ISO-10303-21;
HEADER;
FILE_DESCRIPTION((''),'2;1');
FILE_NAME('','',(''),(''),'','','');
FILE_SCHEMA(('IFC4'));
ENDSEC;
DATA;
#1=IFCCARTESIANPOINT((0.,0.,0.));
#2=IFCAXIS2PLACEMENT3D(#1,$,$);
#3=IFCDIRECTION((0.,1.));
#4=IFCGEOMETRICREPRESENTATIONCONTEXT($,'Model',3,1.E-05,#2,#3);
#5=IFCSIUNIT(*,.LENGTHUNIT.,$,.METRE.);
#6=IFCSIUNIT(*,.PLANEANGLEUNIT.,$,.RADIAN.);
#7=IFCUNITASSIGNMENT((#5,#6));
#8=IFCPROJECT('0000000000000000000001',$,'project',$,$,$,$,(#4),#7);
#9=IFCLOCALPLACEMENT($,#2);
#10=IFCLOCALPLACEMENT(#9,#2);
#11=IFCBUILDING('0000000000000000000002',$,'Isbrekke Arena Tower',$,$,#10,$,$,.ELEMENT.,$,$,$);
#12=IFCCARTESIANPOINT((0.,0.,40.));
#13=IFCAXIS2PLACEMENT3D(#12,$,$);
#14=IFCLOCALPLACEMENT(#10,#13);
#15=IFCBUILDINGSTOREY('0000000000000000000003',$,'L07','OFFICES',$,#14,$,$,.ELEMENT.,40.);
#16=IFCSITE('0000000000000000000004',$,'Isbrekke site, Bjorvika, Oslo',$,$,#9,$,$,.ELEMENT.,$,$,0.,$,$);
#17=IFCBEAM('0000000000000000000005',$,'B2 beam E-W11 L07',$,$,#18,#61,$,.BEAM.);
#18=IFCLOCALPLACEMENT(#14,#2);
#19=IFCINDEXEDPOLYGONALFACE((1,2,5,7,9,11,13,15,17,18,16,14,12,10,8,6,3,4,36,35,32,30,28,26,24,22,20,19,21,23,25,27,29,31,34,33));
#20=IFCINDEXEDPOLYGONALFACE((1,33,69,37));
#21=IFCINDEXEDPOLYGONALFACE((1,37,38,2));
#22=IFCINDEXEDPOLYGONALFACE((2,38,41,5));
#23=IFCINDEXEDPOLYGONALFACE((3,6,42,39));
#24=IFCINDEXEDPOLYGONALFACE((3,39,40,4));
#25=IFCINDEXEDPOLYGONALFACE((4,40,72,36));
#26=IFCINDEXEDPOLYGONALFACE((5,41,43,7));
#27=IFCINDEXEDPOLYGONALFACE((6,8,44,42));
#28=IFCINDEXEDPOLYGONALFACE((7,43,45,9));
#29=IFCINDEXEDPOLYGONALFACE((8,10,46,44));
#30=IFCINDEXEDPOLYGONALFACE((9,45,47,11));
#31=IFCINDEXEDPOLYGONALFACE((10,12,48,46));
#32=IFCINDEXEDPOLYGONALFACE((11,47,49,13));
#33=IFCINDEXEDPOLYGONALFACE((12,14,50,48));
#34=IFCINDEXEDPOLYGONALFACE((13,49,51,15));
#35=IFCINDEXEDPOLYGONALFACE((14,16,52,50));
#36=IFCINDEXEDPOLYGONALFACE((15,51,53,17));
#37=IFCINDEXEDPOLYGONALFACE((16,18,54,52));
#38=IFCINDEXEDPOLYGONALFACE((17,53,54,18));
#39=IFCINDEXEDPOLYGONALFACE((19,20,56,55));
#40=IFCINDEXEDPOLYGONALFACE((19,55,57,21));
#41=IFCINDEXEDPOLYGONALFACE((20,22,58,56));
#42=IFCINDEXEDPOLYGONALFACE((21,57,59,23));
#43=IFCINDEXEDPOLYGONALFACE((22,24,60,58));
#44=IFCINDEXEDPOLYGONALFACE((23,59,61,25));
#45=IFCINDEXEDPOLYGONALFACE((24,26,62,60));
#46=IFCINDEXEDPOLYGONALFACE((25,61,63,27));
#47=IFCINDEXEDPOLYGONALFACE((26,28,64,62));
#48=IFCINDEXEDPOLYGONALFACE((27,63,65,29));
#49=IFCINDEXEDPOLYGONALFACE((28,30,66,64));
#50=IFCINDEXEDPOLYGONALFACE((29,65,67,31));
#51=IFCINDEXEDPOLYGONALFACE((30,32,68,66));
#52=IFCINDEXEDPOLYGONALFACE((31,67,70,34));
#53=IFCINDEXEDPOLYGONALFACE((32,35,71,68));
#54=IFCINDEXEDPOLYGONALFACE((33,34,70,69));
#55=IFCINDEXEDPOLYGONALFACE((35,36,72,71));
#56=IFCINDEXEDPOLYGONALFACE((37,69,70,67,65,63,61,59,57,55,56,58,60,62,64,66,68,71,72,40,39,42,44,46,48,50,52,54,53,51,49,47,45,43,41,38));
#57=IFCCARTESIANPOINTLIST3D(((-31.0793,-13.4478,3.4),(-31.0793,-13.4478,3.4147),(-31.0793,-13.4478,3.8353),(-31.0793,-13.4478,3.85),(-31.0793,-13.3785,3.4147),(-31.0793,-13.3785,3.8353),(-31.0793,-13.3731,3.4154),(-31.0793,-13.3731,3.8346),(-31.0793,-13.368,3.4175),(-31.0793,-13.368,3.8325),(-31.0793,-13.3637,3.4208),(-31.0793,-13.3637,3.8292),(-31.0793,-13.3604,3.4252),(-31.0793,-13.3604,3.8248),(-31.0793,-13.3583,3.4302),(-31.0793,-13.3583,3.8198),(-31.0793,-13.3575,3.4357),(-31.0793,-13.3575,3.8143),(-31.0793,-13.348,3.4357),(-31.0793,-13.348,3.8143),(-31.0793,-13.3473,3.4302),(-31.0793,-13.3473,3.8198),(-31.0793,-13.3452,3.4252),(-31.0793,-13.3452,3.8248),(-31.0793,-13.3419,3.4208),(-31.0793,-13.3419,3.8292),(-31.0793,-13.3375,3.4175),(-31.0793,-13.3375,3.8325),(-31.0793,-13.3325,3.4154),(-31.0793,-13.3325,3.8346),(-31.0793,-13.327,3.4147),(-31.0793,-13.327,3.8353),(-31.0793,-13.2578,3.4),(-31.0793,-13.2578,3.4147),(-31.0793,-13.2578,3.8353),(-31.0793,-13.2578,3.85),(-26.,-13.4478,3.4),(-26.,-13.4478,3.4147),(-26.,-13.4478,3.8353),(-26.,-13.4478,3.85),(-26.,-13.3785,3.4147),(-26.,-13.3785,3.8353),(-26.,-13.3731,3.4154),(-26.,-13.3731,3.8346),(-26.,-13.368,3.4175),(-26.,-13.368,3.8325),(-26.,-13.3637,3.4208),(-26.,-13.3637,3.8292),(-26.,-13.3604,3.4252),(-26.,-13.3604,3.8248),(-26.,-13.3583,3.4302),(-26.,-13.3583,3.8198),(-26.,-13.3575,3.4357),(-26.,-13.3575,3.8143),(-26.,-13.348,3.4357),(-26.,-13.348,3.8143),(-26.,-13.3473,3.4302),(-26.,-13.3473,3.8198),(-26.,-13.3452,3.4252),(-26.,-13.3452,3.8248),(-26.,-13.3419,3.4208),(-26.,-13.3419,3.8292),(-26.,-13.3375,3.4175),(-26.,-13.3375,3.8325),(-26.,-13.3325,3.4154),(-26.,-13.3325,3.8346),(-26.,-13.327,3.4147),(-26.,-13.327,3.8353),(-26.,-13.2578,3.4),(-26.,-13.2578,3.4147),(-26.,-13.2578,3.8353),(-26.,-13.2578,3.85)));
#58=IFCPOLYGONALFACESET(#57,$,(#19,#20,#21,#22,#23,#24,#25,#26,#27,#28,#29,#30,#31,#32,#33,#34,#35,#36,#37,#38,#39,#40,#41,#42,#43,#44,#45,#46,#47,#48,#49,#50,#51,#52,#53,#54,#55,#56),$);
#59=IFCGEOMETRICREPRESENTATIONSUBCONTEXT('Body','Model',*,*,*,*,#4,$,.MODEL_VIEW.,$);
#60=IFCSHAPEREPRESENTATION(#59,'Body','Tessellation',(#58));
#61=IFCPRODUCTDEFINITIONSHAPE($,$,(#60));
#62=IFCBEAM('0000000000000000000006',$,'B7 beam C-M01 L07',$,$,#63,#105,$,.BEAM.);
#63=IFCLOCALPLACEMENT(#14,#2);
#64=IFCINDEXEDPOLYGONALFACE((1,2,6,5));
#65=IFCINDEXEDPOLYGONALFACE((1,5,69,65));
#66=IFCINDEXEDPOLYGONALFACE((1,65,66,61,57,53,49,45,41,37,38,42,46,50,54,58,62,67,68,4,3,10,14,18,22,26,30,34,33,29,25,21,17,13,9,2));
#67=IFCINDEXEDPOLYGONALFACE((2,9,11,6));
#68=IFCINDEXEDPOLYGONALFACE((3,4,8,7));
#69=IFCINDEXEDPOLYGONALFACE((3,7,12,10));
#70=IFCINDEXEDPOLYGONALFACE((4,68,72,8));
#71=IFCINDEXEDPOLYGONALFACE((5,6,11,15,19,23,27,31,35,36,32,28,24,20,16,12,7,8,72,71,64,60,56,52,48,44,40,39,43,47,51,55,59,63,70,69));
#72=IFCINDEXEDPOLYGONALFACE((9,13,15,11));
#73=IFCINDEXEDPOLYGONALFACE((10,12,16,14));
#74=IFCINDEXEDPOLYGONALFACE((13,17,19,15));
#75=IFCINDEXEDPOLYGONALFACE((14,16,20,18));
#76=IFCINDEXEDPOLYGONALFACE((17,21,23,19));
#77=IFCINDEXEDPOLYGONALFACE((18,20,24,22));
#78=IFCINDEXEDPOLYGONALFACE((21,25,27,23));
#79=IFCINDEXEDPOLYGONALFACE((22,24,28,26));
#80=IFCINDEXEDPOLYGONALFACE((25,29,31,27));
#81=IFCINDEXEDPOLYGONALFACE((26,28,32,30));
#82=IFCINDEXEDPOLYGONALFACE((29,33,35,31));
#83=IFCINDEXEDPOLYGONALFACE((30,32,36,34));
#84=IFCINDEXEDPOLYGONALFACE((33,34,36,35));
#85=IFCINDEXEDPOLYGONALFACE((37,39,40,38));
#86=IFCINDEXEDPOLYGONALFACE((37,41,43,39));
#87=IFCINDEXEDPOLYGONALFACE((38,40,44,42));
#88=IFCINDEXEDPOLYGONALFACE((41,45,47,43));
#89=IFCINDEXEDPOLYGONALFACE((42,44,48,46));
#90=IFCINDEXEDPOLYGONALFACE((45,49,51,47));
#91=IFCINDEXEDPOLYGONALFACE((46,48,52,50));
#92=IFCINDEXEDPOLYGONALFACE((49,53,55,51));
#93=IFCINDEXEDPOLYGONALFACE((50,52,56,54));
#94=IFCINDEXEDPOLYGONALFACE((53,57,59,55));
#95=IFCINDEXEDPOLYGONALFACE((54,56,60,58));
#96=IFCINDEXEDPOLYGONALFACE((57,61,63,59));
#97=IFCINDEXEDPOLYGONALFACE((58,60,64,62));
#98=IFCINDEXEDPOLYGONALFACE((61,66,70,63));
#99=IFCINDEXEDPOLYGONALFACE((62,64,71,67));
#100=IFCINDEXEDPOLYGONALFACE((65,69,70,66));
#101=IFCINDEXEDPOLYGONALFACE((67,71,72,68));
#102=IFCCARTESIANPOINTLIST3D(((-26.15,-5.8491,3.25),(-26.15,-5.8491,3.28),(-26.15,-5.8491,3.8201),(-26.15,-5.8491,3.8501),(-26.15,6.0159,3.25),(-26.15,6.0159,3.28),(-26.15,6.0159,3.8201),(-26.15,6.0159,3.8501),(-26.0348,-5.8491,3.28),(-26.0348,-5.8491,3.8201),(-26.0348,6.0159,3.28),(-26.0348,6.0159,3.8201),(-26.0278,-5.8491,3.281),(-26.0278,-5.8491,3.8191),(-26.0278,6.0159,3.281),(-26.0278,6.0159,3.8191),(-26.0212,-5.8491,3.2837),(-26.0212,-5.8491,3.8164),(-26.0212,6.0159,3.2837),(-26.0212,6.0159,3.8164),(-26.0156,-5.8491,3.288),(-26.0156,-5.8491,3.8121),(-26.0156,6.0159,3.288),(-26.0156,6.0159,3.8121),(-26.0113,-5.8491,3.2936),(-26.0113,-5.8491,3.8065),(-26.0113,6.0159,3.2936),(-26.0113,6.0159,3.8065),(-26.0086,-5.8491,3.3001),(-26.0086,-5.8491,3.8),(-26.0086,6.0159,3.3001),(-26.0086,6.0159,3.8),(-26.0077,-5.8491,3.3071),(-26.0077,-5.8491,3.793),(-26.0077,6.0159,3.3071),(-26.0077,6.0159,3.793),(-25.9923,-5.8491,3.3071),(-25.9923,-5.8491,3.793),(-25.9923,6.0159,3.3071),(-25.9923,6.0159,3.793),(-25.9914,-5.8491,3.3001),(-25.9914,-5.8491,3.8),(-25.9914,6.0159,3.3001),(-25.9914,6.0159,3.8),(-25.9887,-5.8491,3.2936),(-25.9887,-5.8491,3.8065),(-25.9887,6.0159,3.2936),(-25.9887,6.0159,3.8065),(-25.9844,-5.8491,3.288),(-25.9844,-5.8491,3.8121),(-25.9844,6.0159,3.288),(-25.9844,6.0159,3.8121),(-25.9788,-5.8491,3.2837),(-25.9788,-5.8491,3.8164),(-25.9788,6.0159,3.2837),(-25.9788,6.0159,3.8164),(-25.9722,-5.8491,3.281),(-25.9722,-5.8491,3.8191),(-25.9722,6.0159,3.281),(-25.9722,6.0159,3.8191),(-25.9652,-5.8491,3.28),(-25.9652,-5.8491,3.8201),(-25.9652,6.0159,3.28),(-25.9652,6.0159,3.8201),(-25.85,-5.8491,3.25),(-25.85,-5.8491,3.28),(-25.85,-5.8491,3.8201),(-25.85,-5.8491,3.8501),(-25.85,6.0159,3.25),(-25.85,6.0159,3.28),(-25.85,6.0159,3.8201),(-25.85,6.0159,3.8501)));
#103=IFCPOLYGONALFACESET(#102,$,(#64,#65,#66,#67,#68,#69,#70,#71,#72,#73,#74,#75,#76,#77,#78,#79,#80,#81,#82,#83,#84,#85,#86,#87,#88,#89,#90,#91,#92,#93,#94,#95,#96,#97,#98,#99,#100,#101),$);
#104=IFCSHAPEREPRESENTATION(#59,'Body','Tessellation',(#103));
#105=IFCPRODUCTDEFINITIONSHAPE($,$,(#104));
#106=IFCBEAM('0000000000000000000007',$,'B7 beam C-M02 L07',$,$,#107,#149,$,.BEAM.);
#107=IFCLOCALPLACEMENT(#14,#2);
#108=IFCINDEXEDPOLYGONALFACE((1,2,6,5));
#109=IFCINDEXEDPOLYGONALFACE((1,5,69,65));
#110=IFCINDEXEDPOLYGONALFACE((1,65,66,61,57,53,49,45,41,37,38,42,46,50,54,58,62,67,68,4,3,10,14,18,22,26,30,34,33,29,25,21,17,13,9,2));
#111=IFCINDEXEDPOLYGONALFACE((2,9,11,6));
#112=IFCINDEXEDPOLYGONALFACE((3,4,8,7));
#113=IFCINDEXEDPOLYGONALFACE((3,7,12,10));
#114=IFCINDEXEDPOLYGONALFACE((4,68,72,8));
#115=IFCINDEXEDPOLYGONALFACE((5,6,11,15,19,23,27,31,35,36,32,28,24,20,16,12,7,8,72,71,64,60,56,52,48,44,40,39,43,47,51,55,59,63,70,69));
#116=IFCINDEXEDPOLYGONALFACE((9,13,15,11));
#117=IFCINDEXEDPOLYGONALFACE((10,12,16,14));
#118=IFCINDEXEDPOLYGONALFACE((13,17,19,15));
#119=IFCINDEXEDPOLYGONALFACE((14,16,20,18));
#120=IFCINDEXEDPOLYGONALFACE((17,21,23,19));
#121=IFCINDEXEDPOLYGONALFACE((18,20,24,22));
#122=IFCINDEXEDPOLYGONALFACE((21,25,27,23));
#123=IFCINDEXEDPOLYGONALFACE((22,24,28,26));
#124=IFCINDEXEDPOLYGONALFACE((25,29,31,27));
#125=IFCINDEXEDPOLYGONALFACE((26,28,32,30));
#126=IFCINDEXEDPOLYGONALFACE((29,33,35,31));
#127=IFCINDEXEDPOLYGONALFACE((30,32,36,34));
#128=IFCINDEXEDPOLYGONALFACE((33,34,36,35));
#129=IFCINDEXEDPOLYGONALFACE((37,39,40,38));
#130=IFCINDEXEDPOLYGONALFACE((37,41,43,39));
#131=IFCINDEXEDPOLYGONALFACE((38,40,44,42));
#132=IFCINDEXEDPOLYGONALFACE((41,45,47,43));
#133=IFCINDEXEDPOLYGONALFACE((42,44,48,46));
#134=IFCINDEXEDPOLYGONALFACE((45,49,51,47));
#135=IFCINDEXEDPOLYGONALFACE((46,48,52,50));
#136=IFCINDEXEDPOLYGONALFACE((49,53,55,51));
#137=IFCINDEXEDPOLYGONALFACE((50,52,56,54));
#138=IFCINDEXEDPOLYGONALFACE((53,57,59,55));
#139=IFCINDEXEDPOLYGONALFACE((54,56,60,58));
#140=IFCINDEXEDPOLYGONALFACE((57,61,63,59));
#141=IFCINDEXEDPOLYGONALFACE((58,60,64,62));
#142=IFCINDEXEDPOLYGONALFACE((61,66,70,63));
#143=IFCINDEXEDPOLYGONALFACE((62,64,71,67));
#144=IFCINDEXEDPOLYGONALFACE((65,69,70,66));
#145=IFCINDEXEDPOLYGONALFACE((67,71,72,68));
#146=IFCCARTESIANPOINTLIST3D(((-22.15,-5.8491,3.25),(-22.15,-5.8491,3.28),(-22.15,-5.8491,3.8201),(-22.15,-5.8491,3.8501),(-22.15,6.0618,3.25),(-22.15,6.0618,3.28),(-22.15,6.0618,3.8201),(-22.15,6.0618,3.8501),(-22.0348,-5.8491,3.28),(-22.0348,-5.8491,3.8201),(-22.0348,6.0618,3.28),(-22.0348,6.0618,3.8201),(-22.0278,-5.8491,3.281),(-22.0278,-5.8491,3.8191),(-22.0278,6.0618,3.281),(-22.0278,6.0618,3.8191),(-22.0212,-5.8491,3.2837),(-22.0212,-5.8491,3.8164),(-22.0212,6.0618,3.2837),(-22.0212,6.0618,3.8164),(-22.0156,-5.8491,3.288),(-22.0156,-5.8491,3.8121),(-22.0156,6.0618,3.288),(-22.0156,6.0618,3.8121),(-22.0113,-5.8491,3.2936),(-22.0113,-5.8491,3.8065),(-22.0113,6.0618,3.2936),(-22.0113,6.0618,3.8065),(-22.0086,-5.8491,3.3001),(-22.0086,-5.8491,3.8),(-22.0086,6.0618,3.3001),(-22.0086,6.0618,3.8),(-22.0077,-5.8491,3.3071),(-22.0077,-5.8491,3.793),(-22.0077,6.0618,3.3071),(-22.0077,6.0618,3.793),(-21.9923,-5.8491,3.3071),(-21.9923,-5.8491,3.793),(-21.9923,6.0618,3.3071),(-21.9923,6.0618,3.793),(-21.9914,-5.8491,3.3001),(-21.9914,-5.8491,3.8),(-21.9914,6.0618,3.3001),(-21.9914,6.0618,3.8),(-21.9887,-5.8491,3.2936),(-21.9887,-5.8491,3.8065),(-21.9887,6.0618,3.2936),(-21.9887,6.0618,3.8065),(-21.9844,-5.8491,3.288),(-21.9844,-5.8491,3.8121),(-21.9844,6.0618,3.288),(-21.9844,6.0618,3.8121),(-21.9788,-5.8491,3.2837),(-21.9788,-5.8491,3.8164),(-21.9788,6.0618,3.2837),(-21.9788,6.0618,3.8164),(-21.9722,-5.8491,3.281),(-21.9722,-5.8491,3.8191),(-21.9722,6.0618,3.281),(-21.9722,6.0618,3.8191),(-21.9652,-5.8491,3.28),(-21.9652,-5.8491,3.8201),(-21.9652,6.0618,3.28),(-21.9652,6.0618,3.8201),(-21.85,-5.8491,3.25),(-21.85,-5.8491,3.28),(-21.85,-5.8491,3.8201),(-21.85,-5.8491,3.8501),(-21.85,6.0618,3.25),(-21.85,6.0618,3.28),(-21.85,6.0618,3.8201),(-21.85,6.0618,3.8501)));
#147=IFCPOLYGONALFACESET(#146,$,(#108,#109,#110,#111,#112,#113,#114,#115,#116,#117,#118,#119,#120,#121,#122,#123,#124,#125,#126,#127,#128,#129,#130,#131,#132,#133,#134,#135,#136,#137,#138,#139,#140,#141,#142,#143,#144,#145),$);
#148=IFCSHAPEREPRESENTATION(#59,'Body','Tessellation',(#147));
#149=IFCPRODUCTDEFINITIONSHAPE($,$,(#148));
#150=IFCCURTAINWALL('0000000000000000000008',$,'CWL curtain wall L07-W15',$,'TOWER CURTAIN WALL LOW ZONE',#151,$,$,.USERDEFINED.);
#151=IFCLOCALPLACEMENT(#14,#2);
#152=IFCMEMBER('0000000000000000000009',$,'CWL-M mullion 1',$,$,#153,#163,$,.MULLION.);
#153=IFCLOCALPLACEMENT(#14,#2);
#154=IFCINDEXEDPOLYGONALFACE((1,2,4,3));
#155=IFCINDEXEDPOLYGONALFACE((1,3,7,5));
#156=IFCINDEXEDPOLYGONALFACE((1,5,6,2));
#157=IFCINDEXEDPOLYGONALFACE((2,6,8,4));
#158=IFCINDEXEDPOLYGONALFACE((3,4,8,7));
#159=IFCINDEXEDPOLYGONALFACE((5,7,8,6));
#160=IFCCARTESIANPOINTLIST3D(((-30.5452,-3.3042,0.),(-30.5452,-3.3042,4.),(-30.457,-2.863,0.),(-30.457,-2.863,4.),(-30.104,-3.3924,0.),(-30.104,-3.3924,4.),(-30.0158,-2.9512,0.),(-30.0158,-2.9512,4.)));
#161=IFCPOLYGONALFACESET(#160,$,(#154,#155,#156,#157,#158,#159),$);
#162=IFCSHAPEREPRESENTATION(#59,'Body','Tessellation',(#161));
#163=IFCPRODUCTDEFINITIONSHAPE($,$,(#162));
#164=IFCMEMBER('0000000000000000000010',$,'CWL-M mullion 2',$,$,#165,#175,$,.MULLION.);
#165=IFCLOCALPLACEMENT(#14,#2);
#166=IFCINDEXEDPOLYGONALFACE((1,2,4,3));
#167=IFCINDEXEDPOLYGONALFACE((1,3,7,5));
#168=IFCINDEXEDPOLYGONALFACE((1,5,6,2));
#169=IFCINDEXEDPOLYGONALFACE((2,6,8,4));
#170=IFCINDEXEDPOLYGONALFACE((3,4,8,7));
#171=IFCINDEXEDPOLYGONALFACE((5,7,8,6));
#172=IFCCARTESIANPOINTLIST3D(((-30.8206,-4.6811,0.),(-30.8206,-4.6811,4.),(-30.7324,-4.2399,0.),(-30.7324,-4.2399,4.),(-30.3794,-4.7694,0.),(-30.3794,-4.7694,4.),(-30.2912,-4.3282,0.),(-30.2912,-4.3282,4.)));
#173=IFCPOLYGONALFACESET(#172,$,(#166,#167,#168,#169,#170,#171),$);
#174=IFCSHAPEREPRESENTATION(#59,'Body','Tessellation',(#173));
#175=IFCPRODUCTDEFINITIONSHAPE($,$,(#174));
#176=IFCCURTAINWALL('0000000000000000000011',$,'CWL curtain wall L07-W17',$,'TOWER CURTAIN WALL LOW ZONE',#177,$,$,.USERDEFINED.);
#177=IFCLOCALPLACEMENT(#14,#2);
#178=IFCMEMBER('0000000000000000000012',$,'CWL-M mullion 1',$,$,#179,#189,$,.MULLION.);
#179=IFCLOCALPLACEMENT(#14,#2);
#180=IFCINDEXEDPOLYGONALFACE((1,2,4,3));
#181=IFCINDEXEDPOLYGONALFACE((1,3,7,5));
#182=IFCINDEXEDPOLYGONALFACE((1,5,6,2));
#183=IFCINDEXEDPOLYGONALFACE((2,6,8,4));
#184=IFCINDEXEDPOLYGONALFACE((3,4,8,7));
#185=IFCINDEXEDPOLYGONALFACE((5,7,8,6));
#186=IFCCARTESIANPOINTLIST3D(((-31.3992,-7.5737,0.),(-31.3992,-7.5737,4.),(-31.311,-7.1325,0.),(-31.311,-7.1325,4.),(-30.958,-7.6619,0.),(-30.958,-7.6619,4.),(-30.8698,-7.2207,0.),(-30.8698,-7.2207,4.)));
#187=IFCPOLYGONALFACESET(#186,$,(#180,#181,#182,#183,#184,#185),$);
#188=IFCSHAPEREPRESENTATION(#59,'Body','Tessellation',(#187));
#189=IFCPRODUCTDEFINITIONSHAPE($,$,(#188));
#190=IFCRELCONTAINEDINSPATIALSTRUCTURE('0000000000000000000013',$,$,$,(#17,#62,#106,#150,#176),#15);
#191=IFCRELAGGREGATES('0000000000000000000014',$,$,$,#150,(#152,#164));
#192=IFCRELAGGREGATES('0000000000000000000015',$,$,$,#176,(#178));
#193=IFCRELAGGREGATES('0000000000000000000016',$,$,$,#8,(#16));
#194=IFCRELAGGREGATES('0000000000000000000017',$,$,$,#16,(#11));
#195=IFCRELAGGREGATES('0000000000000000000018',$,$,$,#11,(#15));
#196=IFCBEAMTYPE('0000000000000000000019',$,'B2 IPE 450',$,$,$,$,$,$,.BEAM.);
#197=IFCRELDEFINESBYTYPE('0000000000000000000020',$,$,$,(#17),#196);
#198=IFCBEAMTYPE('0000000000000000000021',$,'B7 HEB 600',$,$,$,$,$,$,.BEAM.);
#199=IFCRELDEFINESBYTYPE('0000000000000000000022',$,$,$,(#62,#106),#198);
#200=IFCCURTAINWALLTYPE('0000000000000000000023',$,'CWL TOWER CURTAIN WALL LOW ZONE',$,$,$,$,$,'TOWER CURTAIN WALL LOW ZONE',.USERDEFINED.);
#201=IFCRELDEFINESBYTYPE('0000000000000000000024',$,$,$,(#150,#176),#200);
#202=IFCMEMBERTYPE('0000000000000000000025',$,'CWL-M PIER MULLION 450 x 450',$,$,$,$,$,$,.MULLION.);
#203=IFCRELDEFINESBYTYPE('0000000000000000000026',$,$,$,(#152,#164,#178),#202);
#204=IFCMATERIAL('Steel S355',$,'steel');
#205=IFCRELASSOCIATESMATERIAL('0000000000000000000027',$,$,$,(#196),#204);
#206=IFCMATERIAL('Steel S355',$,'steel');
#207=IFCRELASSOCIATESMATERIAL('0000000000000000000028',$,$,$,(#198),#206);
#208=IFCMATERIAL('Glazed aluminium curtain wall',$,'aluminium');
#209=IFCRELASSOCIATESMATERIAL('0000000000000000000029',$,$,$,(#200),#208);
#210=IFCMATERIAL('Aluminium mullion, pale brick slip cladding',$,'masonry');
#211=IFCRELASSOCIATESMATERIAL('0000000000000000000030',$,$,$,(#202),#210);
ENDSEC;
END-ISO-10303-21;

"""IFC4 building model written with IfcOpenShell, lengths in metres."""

from ifc_helpers import new_model, si_unit, direction, frame, origin, origin_2d, place, context, subcontext, project, spatial, rectangle, i_section, extrude, material, material_profile, profile_set, type_object, element, aggregate, save


model = new_model("IFC4")

# Units and contexts
model_context = context("Model", 3, precision=1e-05, world=origin(), true_north=direction((0.0, 1.0)))
body_context = subcontext(model_context, "Body", "Model", "MODEL_VIEW")
ifc_project = project(units=[si_unit("LENGTHUNIT", "METRE"), si_unit("PLANEANGLEUNIT", "RADIAN")], contexts=[model_context])

# Site, building, storey
site_placement = place(None, origin())
site = spatial("IfcSite", under=ifc_project, at=site_placement, Name="Isbrekke site, Bjorvika, Oslo", CompositionType="ELEMENT", RefElevation=0.0)
building_placement = place(site_placement, origin())
building = spatial("IfcBuilding", under=site, at=building_placement, Name="Isbrekke Arena Tower", CompositionType="ELEMENT")
storey_placement = place(building_placement, frame((0.0, 0.0, 40.0)))
storey = spatial("IfcBuildingStorey", under=building, at=storey_placement, Name="L07", Description="OFFICES", CompositionType="ELEMENT", Elevation=40.0)

# Beams
ifc_material_1 = material(Name="Steel S355", Category="steel")
ifc_material_profile_1 = material_profile(ifc_material_1, i_section(OverallWidth=0.1899, OverallDepth=0.45, WebThickness=0.0095, FlangeThickness=0.0146, FilletRadius=0.021, at=origin_2d()), Name="IPE 450")
ifc_profile_set_1 = profile_set([ifc_material_profile_1], Name="Steel S355")
beam_type_1 = type_object("IfcBeamType", Name="B2 IPE 450", PredefinedType="BEAM", material=ifc_profile_set_1)
beam_1_placement = place(storey_placement, frame((-31.0793, -13.3528, 3.625), z_axis=(1.0, 0.0, 0.0), x_axis=(0.0, 1.0, 0.0)))
element("IfcBeam", 1, at=beam_1_placement, inside=storey, type_object=beam_type_1, Name="B2 beam E-W11 L07", PredefinedType="BEAM", context=body_context, shape_type="SweptSolid", body=[
    extrude(i_section(OverallWidth=0.1899, OverallDepth=0.45, WebThickness=0.0095, FlangeThickness=0.0146, FilletRadius=0.021, at=origin_2d()), origin(), (0.0, 0.0, 1.0), 5.0793),
])
ifc_material_2 = material(Name="Steel S355", Category="steel")
ifc_material_profile_2 = material_profile(ifc_material_2, i_section(OverallWidth=0.3, OverallDepth=0.6001, WebThickness=0.0154, FlangeThickness=0.03, FilletRadius=0.0271, at=origin_2d()), Name="HEB 600")
ifc_profile_set_2 = profile_set([ifc_material_profile_2], Name="Steel S355")
beam_type_2 = type_object("IfcBeamType", Name="B7 HEB 600", PredefinedType="BEAM", material=ifc_profile_set_2)
beam_2_placement = place(storey_placement, frame((-26.0, -5.8491, 3.55), z_axis=(0.0, 1.0, 0.0), x_axis=(-1.0, 0.0, 0.0)))
element("IfcBeam", 2, at=beam_2_placement, inside=storey, type_object=beam_type_2, Name="B7 beam C-M01 L07", PredefinedType="BEAM", context=body_context, shape_type="SweptSolid", body=[
    extrude(i_section(OverallWidth=0.3, OverallDepth=0.6001, WebThickness=0.0154, FlangeThickness=0.03, FilletRadius=0.0271, at=origin_2d()), origin(), (0.0, 0.0, 1.0), 11.865),
])
beam_3_placement = place(storey_placement, frame((-22.0, -5.8491, 3.55), z_axis=(0.0, 1.0, 0.0), x_axis=(-1.0, 0.0, 0.0)))
element("IfcBeam", 3, at=beam_3_placement, inside=storey, type_object=beam_type_2, Name="B7 beam C-M02 L07", PredefinedType="BEAM", context=body_context, shape_type="SweptSolid", body=[
    extrude(i_section(OverallWidth=0.3, OverallDepth=0.6001, WebThickness=0.0154, FlangeThickness=0.03, FilletRadius=0.0271, at=origin_2d()), origin(), (0.0, 0.0, 1.0), 11.9109),
])

# Curtain walls, members
ifc_material_3 = material(Name="Glazed aluminium curtain wall", Category="aluminium")
curtain_wall_type = type_object("IfcCurtainWallType", Name="CWL TOWER CURTAIN WALL LOW ZONE", ElementType="TOWER CURTAIN WALL LOW ZONE", PredefinedType="USERDEFINED", material=ifc_material_3)
curtain_wall_1_placement = place(storey_placement, origin())
curtain_wall_1 = element("IfcCurtainWall", 4, at=curtain_wall_1_placement, inside=storey, type_object=curtain_wall_type, Name="CWL curtain wall L07-W15", ObjectType="TOWER CURTAIN WALL LOW ZONE", PredefinedType="USERDEFINED")
ifc_material_4 = material(Name="Aluminium mullion, pale brick slip cladding", Category="masonry")
ifc_material_profile_3 = material_profile(ifc_material_4, rectangle(XDim=0.45, YDim=0.45, at=origin_2d()), Name="PIER 450X450")
ifc_profile_set_3 = profile_set([ifc_material_profile_3], Name="Aluminium mullion, pale brick slip cladding")
member_type_1 = type_object("IfcMemberType", Name="CWL-M PIER MULLION 450 x 450", PredefinedType="MULLION", material=ifc_profile_set_3)
member_1_placement = place(storey_placement, frame((-30.2805, -3.1277, 0.0), z_axis=(0.0, 0.0, 1.0), x_axis=(-0.196116, -0.980581, 0.0)))
member_1 = element("IfcMember", 5, at=member_1_placement, type_object=member_type_1, Name="CWL-M mullion 1", PredefinedType="MULLION", context=body_context, shape_type="SweptSolid", body=[
    extrude(rectangle(XDim=0.45, YDim=0.45, at=origin_2d()), origin(), (0.0, 0.0, 1.0), 4.0),
])
member_2_placement = place(storey_placement, frame((-30.5559, -4.5046, 0.0), z_axis=(0.0, 0.0, 1.0), x_axis=(-0.196116, -0.980581, 0.0)))
member_2 = element("IfcMember", 6, at=member_2_placement, type_object=member_type_1, Name="CWL-M mullion 2", PredefinedType="MULLION", context=body_context, shape_type="SweptSolid", body=[
    extrude(rectangle(XDim=0.45, YDim=0.45, at=origin_2d()), origin(), (0.0, 0.0, 1.0), 4.0),
])
curtain_wall_2_placement = place(storey_placement, origin())
curtain_wall_2 = element("IfcCurtainWall", 7, at=curtain_wall_2_placement, inside=storey, type_object=curtain_wall_type, Name="CWL curtain wall L07-W17", ObjectType="TOWER CURTAIN WALL LOW ZONE", PredefinedType="USERDEFINED")
member_3_placement = place(storey_placement, frame((-31.1345, -7.3972, 0.0), z_axis=(0.0, 0.0, 1.0), x_axis=(-0.196116, -0.980581, 0.0)))
member_3 = element("IfcMember", 8, at=member_3_placement, type_object=member_type_1, Name="CWL-M mullion 1", PredefinedType="MULLION", context=body_context, shape_type="SweptSolid", body=[
    extrude(rectangle(XDim=0.45, YDim=0.45, at=origin_2d()), origin(), (0.0, 0.0, 1.0), 4.0),
])

aggregate(curtain_wall_1, [member_1, member_2])
aggregate(curtain_wall_2, [member_3])

save(model, "model.ifc")
